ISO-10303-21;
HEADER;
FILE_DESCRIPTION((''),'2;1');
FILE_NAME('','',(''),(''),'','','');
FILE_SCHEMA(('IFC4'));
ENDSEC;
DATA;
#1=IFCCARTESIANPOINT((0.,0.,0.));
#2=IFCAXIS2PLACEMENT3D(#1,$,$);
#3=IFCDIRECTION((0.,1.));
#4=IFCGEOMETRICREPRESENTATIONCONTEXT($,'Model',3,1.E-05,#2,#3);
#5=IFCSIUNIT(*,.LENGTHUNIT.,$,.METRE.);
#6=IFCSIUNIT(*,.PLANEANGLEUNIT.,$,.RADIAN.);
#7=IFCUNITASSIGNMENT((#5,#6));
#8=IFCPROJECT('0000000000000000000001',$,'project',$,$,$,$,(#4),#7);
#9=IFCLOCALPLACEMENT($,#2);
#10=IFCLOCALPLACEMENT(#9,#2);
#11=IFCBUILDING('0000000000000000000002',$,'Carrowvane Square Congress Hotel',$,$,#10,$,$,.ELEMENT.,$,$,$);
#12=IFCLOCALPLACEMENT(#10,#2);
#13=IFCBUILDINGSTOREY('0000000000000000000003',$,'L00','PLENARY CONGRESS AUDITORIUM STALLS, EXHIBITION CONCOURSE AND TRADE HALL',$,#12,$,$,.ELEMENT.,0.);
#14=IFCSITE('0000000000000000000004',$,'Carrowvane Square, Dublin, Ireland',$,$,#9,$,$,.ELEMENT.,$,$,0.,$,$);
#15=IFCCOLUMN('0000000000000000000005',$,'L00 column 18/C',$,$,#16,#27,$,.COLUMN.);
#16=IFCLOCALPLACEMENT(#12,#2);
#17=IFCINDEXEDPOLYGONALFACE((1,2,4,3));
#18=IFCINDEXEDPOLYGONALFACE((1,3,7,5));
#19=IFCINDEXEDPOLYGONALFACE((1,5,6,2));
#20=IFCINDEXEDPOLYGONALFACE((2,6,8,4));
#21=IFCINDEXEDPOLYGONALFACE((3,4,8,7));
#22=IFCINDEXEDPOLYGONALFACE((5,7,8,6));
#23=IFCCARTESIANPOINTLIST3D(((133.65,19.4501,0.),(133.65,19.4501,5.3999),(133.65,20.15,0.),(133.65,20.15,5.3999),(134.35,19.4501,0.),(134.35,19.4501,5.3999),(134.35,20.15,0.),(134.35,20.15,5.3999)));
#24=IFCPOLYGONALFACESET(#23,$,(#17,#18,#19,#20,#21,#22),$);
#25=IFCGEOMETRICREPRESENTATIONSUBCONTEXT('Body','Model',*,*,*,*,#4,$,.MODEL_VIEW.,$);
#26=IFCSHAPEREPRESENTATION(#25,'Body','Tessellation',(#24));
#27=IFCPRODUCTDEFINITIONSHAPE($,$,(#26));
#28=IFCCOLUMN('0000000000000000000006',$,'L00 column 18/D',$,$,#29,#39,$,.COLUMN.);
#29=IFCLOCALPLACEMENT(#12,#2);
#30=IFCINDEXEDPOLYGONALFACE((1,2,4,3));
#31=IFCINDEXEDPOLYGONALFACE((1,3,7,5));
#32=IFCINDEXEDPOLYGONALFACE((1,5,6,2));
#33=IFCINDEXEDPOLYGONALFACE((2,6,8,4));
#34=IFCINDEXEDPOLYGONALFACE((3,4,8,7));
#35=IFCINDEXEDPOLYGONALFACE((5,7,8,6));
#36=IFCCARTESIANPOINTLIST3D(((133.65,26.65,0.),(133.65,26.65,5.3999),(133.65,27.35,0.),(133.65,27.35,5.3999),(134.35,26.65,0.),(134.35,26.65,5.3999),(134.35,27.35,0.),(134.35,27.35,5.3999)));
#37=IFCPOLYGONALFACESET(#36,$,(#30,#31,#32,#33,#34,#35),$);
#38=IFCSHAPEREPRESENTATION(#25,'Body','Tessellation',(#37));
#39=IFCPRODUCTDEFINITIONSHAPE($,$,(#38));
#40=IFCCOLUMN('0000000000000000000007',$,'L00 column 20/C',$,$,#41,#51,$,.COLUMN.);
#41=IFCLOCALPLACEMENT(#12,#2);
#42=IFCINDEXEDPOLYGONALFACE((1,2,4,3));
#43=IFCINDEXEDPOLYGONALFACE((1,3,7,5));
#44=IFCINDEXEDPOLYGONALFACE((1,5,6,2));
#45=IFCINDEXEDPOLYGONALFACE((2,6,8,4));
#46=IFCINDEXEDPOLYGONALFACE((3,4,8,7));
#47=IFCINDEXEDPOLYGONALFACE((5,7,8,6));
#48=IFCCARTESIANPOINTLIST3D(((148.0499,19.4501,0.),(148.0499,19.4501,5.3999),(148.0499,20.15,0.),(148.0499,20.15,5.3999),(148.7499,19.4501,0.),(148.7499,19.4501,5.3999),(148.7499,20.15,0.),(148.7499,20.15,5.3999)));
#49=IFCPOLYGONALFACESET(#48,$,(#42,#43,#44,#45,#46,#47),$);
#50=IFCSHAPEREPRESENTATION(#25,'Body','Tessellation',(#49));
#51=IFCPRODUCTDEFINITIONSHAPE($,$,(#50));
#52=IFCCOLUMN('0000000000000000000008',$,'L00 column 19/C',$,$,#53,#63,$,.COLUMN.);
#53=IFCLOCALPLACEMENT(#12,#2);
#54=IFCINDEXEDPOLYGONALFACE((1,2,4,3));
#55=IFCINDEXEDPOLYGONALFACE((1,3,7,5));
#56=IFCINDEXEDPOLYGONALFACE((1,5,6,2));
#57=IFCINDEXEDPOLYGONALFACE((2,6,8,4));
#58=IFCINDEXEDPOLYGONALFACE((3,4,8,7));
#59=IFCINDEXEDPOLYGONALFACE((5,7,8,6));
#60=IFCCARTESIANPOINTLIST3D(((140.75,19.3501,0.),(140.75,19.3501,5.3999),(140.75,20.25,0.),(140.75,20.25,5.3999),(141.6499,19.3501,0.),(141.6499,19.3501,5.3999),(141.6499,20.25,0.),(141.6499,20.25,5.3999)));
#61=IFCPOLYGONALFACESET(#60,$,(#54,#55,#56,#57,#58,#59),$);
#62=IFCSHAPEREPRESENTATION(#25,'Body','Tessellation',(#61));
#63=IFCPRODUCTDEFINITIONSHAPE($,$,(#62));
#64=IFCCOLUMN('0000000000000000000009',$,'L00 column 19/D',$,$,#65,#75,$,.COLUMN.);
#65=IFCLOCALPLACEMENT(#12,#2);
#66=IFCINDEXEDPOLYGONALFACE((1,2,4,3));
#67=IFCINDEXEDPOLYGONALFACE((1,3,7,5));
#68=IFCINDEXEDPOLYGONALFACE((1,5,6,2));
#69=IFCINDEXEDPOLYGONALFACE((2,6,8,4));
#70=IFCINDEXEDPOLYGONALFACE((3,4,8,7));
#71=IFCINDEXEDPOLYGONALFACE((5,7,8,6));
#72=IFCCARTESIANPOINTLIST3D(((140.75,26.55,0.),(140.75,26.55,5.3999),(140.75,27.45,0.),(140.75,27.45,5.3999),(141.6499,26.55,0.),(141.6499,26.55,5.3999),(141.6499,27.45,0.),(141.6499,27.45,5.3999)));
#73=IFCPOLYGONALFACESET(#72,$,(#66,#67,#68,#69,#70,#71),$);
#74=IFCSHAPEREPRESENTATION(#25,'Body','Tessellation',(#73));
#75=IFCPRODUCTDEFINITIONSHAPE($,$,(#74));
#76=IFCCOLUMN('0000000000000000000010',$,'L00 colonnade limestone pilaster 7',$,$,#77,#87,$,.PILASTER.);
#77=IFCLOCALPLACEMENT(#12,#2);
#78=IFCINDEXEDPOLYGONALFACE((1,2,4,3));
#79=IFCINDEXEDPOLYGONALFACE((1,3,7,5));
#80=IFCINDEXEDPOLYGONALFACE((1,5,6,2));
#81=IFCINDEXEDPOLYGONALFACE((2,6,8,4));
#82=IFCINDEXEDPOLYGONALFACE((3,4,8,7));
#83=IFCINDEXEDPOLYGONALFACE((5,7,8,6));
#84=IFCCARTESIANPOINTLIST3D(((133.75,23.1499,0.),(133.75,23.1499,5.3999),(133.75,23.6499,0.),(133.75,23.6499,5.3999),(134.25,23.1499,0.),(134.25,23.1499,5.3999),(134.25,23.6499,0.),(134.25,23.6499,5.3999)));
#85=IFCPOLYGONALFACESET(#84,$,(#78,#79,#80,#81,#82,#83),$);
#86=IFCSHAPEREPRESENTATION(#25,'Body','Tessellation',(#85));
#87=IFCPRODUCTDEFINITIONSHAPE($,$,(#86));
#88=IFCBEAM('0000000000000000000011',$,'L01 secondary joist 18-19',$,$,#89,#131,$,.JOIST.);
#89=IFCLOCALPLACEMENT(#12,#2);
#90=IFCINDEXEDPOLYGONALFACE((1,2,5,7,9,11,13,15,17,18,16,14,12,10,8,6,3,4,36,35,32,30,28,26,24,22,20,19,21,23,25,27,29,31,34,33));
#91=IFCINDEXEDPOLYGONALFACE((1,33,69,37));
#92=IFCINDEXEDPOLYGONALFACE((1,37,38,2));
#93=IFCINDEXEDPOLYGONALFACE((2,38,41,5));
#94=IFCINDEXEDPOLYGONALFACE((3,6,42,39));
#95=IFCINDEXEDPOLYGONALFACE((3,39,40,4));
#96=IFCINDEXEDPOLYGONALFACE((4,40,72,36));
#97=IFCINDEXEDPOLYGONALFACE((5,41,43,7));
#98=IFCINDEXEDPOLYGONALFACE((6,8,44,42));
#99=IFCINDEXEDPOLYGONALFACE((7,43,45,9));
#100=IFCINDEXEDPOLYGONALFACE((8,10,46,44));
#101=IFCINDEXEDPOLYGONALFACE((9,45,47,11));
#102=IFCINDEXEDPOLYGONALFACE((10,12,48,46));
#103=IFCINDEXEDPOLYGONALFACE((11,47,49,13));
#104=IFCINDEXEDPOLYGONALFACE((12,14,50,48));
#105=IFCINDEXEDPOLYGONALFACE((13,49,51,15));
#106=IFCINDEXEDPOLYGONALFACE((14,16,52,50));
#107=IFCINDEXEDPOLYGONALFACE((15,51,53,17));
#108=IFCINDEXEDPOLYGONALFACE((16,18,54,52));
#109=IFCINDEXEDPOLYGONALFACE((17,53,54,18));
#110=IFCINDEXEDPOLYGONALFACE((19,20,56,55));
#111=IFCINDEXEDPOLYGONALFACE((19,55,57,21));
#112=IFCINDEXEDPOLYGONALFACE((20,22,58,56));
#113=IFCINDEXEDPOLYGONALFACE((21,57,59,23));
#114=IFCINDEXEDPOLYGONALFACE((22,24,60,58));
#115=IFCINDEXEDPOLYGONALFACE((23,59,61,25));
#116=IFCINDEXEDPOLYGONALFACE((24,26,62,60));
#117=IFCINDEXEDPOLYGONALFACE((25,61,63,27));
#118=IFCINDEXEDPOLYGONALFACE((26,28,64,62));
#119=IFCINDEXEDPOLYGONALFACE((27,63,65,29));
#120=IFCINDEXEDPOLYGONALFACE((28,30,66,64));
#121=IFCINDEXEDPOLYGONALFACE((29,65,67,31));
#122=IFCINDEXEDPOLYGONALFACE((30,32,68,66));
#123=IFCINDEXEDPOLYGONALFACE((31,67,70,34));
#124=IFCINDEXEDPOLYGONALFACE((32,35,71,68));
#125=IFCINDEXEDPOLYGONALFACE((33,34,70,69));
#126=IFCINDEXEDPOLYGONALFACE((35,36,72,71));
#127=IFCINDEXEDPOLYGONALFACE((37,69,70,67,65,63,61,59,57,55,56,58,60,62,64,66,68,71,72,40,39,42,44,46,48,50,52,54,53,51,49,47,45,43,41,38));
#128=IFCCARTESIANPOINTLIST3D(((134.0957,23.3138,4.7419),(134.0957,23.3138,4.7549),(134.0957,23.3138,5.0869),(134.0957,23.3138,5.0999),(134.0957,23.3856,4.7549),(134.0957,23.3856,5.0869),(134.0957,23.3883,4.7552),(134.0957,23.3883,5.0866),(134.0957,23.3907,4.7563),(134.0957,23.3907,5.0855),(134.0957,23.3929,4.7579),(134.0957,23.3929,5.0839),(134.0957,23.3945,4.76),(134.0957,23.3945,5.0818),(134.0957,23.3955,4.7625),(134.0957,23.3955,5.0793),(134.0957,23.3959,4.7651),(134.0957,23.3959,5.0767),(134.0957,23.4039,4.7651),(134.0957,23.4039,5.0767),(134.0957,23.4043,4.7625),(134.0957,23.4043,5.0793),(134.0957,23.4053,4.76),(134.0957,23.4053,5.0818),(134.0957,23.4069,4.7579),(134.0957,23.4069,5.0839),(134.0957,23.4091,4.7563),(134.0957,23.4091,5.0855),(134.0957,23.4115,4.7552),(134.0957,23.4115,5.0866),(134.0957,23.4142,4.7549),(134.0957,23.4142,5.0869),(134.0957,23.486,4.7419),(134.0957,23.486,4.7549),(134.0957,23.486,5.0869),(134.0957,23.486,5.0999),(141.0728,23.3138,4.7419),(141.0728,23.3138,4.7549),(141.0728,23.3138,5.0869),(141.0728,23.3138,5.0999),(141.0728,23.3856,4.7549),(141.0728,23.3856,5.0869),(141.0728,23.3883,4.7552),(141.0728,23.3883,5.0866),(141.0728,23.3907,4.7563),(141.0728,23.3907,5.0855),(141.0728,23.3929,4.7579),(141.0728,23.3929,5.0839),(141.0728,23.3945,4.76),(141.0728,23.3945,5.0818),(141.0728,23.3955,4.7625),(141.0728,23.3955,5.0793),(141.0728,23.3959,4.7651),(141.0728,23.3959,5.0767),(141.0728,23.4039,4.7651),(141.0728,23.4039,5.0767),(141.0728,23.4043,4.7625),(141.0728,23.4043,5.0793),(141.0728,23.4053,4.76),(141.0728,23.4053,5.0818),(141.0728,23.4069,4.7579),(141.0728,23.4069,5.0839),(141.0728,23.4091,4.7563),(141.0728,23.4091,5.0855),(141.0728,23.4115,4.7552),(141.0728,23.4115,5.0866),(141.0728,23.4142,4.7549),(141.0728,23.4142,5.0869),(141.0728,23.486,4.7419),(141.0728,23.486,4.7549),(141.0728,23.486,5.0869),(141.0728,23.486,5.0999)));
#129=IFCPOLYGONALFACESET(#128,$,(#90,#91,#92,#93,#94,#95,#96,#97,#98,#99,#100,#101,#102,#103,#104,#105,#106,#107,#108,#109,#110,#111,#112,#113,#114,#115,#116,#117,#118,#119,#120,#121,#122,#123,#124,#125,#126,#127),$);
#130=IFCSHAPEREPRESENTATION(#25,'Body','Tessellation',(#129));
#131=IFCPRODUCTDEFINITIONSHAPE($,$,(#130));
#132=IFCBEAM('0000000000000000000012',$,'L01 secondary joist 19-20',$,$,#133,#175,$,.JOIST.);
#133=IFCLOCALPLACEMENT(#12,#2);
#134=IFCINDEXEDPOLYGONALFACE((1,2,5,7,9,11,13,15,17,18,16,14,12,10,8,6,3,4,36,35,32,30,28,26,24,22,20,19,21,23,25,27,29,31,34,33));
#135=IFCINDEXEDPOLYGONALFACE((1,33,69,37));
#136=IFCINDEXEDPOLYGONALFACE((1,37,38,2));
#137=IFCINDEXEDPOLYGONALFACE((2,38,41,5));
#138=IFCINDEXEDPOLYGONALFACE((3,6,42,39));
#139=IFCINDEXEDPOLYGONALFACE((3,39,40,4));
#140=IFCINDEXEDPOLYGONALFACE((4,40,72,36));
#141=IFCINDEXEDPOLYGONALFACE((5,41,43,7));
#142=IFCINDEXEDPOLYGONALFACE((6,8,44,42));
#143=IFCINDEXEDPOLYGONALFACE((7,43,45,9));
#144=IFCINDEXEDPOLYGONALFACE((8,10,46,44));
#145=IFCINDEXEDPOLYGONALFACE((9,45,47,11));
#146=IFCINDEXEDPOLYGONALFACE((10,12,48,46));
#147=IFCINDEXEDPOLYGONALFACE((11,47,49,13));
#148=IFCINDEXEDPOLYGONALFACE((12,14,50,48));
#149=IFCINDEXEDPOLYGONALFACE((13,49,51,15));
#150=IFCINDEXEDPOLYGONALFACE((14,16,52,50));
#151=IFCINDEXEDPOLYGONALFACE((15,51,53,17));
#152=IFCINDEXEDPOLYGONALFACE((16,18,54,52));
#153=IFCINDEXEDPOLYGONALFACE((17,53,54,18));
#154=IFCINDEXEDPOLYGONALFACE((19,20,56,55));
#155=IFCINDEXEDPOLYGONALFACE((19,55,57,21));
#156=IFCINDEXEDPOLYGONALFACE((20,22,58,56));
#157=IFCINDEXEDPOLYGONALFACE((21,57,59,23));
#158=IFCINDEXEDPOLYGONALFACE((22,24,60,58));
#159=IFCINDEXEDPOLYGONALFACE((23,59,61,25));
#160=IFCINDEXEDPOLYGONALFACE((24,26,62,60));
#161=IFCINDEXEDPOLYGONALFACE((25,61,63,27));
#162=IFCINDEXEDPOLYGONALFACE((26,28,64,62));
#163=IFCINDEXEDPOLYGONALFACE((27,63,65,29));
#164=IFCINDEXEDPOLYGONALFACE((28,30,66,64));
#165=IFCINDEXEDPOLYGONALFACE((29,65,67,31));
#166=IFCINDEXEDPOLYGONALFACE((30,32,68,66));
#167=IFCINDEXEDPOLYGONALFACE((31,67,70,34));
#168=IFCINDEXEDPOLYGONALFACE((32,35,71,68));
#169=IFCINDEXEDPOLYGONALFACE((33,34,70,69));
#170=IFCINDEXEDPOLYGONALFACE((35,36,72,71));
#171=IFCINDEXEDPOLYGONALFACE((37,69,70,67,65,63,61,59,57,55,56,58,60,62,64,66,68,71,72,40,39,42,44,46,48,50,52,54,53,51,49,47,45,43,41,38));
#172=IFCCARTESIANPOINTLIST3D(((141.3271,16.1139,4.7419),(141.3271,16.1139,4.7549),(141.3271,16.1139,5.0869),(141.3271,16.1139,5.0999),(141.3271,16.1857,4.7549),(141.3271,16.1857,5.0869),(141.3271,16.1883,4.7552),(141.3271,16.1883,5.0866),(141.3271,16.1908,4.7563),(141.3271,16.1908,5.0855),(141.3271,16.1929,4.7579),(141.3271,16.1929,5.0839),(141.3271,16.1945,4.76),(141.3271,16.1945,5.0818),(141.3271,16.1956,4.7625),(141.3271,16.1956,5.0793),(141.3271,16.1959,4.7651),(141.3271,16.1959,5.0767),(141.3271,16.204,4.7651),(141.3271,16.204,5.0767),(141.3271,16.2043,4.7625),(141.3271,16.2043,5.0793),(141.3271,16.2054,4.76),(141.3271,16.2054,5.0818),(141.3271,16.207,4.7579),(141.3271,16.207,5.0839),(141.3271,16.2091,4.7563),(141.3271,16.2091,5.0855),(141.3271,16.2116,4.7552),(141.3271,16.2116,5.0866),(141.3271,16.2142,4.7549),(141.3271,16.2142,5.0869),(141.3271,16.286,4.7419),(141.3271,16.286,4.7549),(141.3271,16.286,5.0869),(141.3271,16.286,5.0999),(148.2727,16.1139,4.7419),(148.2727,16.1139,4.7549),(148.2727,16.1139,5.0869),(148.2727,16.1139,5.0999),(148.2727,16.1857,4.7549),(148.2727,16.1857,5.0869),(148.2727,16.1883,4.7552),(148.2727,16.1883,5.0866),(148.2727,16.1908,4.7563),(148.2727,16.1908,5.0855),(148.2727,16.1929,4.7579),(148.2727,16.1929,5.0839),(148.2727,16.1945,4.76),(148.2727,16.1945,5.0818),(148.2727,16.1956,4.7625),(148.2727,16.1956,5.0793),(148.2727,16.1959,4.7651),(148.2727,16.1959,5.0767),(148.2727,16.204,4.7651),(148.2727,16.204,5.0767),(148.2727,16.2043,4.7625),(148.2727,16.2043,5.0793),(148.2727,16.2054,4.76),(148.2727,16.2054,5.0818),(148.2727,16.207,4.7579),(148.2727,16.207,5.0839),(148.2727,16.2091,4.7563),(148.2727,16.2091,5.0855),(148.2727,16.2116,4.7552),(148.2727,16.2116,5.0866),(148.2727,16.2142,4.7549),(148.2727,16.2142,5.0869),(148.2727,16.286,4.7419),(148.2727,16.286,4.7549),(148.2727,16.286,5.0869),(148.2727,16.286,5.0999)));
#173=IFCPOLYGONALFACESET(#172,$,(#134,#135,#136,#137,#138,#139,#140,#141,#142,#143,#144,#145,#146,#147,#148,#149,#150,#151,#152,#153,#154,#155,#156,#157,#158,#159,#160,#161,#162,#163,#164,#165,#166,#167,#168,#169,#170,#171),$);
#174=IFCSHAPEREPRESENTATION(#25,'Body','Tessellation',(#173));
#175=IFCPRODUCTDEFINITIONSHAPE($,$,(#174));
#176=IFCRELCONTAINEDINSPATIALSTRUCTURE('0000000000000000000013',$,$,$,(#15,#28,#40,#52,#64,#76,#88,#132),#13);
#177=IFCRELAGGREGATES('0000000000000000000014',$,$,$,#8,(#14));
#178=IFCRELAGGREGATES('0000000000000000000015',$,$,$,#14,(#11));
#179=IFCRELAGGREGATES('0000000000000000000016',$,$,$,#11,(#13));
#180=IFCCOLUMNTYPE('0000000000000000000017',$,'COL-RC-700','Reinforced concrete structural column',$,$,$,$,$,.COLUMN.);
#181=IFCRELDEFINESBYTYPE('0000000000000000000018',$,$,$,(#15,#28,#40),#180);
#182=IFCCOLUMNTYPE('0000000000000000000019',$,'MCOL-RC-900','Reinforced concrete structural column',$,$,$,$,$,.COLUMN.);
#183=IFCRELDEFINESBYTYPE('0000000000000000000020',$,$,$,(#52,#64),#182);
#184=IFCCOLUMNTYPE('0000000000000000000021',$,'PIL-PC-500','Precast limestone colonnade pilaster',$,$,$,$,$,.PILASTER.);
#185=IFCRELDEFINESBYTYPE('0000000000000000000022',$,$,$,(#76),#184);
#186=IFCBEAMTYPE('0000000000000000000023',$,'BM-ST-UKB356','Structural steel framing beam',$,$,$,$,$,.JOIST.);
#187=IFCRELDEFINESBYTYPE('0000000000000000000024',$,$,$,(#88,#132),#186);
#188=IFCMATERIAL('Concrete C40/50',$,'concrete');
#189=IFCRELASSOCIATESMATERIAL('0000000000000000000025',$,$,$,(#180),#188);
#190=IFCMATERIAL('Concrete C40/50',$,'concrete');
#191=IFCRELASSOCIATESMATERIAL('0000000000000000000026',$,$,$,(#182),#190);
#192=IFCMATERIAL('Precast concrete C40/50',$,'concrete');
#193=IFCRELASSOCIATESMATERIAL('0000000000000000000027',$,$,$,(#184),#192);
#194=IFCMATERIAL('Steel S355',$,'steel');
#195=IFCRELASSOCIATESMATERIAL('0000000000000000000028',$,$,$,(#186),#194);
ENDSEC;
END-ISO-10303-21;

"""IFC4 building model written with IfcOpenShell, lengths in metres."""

from ifc_helpers import new_model, si_unit, direction, frame, origin, origin_2d, place, context, subcontext, project, spatial, rectangle, i_section, extrude, material, material_profile, profile_set, type_object, element, save


model = new_model("IFC4")

# Units and contexts
model_context = context("Model", 3, precision=1e-05, world=origin(), true_north=direction((0.0, 1.0)))
body_context = subcontext(model_context, "Body", "Model", "MODEL_VIEW")
ifc_project = project(units=[si_unit("LENGTHUNIT", "METRE"), si_unit("PLANEANGLEUNIT", "RADIAN")], contexts=[model_context])

# Site, building, storey
site_placement = place(None, origin())
site = spatial("IfcSite", under=ifc_project, at=site_placement, Name="Carrowvane Square, Dublin, Ireland", CompositionType="ELEMENT", RefElevation=0.0)
building_placement = place(site_placement, origin())
building = spatial("IfcBuilding", under=site, at=building_placement, Name="Carrowvane Square Congress Hotel", CompositionType="ELEMENT")
storey_placement = place(building_placement, origin())
storey = spatial("IfcBuildingStorey", under=building, at=storey_placement, Name="L00", Description="PLENARY CONGRESS AUDITORIUM STALLS, EXHIBITION CONCOURSE AND TRADE HALL", CompositionType="ELEMENT", Elevation=0.0)

# Columns
ifc_material_1 = material(Name="Concrete C40/50", Category="concrete")
ifc_material_profile_1 = material_profile(ifc_material_1, rectangle(XDim=0.7, YDim=0.7, at=origin_2d()), Name="RC 700x700")
ifc_profile_set_1 = profile_set([ifc_material_profile_1], Name="Concrete C40/50")
column_type_1 = type_object("IfcColumnType", Name="COL-RC-700", Description="Reinforced concrete structural column", PredefinedType="COLUMN", material=ifc_profile_set_1)
for number, where, z_axis, x_axis, name in (
    (1, (134.0, 19.8, 0.0), (0.0, 0.0, 1.0), (1.0, 0.0, 0.0), "L00 column 18/C"),
    (2, (134.0, 27.0, 0.0), (0.0, 0.0, 1.0), (1.0, 0.0, 0.0), "L00 column 18/D"),
    (3, (148.3999, 19.8, 0.0), (0.0, 0.0, 1.0), (1.0, 0.0, 0.0), "L00 column 20/C"),
):
    element("IfcColumn", number, at=place(storey_placement, frame(where, z_axis=z_axis, x_axis=x_axis)), inside=storey, type_object=column_type_1, Name=name, PredefinedType="COLUMN", context=body_context, shape_type="SweptSolid", body=[
        extrude(rectangle(XDim=0.7, YDim=0.7, at=origin_2d()), origin(), (0.0, 0.0, 1.0), 5.3999),
    ])
ifc_material_2 = material(Name="Concrete C40/50", Category="concrete")
ifc_material_profile_2 = material_profile(ifc_material_2, rectangle(XDim=0.8999, YDim=0.8999, at=origin_2d()), Name="RC 900x900")
ifc_profile_set_2 = profile_set([ifc_material_profile_2], Name="Concrete C40/50")
column_type_2 = type_object("IfcColumnType", Name="MCOL-RC-900", Description="Reinforced concrete structural column", PredefinedType="COLUMN", material=ifc_profile_set_2)
for number, where, z_axis, x_axis, name in (
    (4, (141.2, 19.8, 0.0), (0.0, 0.0, 1.0), (1.0, 0.0, 0.0), "L00 column 19/C"),
    (5, (141.2, 27.0, 0.0), (0.0, 0.0, 1.0), (1.0, 0.0, 0.0), "L00 column 19/D"),
):
    element("IfcColumn", number, at=place(storey_placement, frame(where, z_axis=z_axis, x_axis=x_axis)), inside=storey, type_object=column_type_2, Name=name, PredefinedType="COLUMN", context=body_context, shape_type="SweptSolid", body=[
        extrude(rectangle(XDim=0.8999, YDim=0.8999, at=origin_2d()), origin(), (0.0, 0.0, 1.0), 5.3999),
    ])
ifc_material_3 = material(Name="Precast concrete C40/50", Category="concrete")
ifc_material_profile_3 = material_profile(ifc_material_3, rectangle(XDim=0.5, YDim=0.5, at=origin_2d()), Name="RC 500x500")
ifc_profile_set_3 = profile_set([ifc_material_profile_3], Name="Precast concrete C40/50")
column_type_3 = type_object("IfcColumnType", Name="PIL-PC-500", Description="Precast limestone colonnade pilaster", PredefinedType="PILASTER", material=ifc_profile_set_3)
column_placement = place(storey_placement, frame((134.0, 23.3999, 0.0), z_axis=(0.0, 0.0, 1.0), x_axis=(1.0, 0.0, 0.0)))
element("IfcColumn", 6, at=column_placement, inside=storey, type_object=column_type_3, Name="L00 colonnade limestone pilaster 7", PredefinedType="PILASTER", context=body_context, shape_type="SweptSolid", body=[
    extrude(rectangle(XDim=0.5, YDim=0.5, at=origin_2d()), origin(), (0.0, 0.0, 1.0), 5.3999),
])

# Beams
ifc_material_4 = material(Name="Steel S355", Category="steel")
ifc_material_profile_4 = material_profile(ifc_material_4, i_section(OverallWidth=0.1721, OverallDepth=0.3579, WebThickness=0.0081, FlangeThickness=0.0129, FilletRadius=0.0103, at=origin_2d()), Name="UKB 356x171x57")
ifc_profile_set_4 = profile_set([ifc_material_profile_4], Name="Steel S355")
beam_type_1 = type_object("IfcBeamType", Name="BM-ST-UKB356", Description="Structural steel framing beam", PredefinedType="JOIST", material=ifc_profile_set_4)
beam_1_placement = place(storey_placement, frame((134.0957, 23.3999, 4.9209), z_axis=(1.0, 0.0, 0.0), x_axis=(0.0, 1.0, 0.0)))
element("IfcBeam", 7, at=beam_1_placement, inside=storey, type_object=beam_type_1, Name="L01 secondary joist 18-19", PredefinedType="JOIST", context=body_context, shape_type="SweptSolid", body=[
    extrude(i_section(OverallWidth=0.1721, OverallDepth=0.3579, WebThickness=0.0081, FlangeThickness=0.0129, FilletRadius=0.0103, at=origin_2d()), origin(), (0.0, 0.0, 1.0), 6.9771),
])
for number, where, z_axis, x_axis, name in (
    (8, (141.3271, 16.2, 4.9209), (1.0, 0.0, 0.0), (0.0, 1.0, 0.0), "L01 secondary joist 19-20"),
):
    element("IfcBeam", number, at=place(storey_placement, frame(where, z_axis=z_axis, x_axis=x_axis)), inside=storey, type_object=beam_type_1, Name=name, PredefinedType="JOIST", context=body_context, shape_type="SweptSolid", body=[
        extrude(i_section(OverallWidth=0.1721, OverallDepth=0.3579, WebThickness=0.0081, FlangeThickness=0.0129, FilletRadius=0.0103, at=origin_2d()), origin(), (0.0, 0.0, 1.0), 6.9456),
    ])

save(model, "model.ifc")
